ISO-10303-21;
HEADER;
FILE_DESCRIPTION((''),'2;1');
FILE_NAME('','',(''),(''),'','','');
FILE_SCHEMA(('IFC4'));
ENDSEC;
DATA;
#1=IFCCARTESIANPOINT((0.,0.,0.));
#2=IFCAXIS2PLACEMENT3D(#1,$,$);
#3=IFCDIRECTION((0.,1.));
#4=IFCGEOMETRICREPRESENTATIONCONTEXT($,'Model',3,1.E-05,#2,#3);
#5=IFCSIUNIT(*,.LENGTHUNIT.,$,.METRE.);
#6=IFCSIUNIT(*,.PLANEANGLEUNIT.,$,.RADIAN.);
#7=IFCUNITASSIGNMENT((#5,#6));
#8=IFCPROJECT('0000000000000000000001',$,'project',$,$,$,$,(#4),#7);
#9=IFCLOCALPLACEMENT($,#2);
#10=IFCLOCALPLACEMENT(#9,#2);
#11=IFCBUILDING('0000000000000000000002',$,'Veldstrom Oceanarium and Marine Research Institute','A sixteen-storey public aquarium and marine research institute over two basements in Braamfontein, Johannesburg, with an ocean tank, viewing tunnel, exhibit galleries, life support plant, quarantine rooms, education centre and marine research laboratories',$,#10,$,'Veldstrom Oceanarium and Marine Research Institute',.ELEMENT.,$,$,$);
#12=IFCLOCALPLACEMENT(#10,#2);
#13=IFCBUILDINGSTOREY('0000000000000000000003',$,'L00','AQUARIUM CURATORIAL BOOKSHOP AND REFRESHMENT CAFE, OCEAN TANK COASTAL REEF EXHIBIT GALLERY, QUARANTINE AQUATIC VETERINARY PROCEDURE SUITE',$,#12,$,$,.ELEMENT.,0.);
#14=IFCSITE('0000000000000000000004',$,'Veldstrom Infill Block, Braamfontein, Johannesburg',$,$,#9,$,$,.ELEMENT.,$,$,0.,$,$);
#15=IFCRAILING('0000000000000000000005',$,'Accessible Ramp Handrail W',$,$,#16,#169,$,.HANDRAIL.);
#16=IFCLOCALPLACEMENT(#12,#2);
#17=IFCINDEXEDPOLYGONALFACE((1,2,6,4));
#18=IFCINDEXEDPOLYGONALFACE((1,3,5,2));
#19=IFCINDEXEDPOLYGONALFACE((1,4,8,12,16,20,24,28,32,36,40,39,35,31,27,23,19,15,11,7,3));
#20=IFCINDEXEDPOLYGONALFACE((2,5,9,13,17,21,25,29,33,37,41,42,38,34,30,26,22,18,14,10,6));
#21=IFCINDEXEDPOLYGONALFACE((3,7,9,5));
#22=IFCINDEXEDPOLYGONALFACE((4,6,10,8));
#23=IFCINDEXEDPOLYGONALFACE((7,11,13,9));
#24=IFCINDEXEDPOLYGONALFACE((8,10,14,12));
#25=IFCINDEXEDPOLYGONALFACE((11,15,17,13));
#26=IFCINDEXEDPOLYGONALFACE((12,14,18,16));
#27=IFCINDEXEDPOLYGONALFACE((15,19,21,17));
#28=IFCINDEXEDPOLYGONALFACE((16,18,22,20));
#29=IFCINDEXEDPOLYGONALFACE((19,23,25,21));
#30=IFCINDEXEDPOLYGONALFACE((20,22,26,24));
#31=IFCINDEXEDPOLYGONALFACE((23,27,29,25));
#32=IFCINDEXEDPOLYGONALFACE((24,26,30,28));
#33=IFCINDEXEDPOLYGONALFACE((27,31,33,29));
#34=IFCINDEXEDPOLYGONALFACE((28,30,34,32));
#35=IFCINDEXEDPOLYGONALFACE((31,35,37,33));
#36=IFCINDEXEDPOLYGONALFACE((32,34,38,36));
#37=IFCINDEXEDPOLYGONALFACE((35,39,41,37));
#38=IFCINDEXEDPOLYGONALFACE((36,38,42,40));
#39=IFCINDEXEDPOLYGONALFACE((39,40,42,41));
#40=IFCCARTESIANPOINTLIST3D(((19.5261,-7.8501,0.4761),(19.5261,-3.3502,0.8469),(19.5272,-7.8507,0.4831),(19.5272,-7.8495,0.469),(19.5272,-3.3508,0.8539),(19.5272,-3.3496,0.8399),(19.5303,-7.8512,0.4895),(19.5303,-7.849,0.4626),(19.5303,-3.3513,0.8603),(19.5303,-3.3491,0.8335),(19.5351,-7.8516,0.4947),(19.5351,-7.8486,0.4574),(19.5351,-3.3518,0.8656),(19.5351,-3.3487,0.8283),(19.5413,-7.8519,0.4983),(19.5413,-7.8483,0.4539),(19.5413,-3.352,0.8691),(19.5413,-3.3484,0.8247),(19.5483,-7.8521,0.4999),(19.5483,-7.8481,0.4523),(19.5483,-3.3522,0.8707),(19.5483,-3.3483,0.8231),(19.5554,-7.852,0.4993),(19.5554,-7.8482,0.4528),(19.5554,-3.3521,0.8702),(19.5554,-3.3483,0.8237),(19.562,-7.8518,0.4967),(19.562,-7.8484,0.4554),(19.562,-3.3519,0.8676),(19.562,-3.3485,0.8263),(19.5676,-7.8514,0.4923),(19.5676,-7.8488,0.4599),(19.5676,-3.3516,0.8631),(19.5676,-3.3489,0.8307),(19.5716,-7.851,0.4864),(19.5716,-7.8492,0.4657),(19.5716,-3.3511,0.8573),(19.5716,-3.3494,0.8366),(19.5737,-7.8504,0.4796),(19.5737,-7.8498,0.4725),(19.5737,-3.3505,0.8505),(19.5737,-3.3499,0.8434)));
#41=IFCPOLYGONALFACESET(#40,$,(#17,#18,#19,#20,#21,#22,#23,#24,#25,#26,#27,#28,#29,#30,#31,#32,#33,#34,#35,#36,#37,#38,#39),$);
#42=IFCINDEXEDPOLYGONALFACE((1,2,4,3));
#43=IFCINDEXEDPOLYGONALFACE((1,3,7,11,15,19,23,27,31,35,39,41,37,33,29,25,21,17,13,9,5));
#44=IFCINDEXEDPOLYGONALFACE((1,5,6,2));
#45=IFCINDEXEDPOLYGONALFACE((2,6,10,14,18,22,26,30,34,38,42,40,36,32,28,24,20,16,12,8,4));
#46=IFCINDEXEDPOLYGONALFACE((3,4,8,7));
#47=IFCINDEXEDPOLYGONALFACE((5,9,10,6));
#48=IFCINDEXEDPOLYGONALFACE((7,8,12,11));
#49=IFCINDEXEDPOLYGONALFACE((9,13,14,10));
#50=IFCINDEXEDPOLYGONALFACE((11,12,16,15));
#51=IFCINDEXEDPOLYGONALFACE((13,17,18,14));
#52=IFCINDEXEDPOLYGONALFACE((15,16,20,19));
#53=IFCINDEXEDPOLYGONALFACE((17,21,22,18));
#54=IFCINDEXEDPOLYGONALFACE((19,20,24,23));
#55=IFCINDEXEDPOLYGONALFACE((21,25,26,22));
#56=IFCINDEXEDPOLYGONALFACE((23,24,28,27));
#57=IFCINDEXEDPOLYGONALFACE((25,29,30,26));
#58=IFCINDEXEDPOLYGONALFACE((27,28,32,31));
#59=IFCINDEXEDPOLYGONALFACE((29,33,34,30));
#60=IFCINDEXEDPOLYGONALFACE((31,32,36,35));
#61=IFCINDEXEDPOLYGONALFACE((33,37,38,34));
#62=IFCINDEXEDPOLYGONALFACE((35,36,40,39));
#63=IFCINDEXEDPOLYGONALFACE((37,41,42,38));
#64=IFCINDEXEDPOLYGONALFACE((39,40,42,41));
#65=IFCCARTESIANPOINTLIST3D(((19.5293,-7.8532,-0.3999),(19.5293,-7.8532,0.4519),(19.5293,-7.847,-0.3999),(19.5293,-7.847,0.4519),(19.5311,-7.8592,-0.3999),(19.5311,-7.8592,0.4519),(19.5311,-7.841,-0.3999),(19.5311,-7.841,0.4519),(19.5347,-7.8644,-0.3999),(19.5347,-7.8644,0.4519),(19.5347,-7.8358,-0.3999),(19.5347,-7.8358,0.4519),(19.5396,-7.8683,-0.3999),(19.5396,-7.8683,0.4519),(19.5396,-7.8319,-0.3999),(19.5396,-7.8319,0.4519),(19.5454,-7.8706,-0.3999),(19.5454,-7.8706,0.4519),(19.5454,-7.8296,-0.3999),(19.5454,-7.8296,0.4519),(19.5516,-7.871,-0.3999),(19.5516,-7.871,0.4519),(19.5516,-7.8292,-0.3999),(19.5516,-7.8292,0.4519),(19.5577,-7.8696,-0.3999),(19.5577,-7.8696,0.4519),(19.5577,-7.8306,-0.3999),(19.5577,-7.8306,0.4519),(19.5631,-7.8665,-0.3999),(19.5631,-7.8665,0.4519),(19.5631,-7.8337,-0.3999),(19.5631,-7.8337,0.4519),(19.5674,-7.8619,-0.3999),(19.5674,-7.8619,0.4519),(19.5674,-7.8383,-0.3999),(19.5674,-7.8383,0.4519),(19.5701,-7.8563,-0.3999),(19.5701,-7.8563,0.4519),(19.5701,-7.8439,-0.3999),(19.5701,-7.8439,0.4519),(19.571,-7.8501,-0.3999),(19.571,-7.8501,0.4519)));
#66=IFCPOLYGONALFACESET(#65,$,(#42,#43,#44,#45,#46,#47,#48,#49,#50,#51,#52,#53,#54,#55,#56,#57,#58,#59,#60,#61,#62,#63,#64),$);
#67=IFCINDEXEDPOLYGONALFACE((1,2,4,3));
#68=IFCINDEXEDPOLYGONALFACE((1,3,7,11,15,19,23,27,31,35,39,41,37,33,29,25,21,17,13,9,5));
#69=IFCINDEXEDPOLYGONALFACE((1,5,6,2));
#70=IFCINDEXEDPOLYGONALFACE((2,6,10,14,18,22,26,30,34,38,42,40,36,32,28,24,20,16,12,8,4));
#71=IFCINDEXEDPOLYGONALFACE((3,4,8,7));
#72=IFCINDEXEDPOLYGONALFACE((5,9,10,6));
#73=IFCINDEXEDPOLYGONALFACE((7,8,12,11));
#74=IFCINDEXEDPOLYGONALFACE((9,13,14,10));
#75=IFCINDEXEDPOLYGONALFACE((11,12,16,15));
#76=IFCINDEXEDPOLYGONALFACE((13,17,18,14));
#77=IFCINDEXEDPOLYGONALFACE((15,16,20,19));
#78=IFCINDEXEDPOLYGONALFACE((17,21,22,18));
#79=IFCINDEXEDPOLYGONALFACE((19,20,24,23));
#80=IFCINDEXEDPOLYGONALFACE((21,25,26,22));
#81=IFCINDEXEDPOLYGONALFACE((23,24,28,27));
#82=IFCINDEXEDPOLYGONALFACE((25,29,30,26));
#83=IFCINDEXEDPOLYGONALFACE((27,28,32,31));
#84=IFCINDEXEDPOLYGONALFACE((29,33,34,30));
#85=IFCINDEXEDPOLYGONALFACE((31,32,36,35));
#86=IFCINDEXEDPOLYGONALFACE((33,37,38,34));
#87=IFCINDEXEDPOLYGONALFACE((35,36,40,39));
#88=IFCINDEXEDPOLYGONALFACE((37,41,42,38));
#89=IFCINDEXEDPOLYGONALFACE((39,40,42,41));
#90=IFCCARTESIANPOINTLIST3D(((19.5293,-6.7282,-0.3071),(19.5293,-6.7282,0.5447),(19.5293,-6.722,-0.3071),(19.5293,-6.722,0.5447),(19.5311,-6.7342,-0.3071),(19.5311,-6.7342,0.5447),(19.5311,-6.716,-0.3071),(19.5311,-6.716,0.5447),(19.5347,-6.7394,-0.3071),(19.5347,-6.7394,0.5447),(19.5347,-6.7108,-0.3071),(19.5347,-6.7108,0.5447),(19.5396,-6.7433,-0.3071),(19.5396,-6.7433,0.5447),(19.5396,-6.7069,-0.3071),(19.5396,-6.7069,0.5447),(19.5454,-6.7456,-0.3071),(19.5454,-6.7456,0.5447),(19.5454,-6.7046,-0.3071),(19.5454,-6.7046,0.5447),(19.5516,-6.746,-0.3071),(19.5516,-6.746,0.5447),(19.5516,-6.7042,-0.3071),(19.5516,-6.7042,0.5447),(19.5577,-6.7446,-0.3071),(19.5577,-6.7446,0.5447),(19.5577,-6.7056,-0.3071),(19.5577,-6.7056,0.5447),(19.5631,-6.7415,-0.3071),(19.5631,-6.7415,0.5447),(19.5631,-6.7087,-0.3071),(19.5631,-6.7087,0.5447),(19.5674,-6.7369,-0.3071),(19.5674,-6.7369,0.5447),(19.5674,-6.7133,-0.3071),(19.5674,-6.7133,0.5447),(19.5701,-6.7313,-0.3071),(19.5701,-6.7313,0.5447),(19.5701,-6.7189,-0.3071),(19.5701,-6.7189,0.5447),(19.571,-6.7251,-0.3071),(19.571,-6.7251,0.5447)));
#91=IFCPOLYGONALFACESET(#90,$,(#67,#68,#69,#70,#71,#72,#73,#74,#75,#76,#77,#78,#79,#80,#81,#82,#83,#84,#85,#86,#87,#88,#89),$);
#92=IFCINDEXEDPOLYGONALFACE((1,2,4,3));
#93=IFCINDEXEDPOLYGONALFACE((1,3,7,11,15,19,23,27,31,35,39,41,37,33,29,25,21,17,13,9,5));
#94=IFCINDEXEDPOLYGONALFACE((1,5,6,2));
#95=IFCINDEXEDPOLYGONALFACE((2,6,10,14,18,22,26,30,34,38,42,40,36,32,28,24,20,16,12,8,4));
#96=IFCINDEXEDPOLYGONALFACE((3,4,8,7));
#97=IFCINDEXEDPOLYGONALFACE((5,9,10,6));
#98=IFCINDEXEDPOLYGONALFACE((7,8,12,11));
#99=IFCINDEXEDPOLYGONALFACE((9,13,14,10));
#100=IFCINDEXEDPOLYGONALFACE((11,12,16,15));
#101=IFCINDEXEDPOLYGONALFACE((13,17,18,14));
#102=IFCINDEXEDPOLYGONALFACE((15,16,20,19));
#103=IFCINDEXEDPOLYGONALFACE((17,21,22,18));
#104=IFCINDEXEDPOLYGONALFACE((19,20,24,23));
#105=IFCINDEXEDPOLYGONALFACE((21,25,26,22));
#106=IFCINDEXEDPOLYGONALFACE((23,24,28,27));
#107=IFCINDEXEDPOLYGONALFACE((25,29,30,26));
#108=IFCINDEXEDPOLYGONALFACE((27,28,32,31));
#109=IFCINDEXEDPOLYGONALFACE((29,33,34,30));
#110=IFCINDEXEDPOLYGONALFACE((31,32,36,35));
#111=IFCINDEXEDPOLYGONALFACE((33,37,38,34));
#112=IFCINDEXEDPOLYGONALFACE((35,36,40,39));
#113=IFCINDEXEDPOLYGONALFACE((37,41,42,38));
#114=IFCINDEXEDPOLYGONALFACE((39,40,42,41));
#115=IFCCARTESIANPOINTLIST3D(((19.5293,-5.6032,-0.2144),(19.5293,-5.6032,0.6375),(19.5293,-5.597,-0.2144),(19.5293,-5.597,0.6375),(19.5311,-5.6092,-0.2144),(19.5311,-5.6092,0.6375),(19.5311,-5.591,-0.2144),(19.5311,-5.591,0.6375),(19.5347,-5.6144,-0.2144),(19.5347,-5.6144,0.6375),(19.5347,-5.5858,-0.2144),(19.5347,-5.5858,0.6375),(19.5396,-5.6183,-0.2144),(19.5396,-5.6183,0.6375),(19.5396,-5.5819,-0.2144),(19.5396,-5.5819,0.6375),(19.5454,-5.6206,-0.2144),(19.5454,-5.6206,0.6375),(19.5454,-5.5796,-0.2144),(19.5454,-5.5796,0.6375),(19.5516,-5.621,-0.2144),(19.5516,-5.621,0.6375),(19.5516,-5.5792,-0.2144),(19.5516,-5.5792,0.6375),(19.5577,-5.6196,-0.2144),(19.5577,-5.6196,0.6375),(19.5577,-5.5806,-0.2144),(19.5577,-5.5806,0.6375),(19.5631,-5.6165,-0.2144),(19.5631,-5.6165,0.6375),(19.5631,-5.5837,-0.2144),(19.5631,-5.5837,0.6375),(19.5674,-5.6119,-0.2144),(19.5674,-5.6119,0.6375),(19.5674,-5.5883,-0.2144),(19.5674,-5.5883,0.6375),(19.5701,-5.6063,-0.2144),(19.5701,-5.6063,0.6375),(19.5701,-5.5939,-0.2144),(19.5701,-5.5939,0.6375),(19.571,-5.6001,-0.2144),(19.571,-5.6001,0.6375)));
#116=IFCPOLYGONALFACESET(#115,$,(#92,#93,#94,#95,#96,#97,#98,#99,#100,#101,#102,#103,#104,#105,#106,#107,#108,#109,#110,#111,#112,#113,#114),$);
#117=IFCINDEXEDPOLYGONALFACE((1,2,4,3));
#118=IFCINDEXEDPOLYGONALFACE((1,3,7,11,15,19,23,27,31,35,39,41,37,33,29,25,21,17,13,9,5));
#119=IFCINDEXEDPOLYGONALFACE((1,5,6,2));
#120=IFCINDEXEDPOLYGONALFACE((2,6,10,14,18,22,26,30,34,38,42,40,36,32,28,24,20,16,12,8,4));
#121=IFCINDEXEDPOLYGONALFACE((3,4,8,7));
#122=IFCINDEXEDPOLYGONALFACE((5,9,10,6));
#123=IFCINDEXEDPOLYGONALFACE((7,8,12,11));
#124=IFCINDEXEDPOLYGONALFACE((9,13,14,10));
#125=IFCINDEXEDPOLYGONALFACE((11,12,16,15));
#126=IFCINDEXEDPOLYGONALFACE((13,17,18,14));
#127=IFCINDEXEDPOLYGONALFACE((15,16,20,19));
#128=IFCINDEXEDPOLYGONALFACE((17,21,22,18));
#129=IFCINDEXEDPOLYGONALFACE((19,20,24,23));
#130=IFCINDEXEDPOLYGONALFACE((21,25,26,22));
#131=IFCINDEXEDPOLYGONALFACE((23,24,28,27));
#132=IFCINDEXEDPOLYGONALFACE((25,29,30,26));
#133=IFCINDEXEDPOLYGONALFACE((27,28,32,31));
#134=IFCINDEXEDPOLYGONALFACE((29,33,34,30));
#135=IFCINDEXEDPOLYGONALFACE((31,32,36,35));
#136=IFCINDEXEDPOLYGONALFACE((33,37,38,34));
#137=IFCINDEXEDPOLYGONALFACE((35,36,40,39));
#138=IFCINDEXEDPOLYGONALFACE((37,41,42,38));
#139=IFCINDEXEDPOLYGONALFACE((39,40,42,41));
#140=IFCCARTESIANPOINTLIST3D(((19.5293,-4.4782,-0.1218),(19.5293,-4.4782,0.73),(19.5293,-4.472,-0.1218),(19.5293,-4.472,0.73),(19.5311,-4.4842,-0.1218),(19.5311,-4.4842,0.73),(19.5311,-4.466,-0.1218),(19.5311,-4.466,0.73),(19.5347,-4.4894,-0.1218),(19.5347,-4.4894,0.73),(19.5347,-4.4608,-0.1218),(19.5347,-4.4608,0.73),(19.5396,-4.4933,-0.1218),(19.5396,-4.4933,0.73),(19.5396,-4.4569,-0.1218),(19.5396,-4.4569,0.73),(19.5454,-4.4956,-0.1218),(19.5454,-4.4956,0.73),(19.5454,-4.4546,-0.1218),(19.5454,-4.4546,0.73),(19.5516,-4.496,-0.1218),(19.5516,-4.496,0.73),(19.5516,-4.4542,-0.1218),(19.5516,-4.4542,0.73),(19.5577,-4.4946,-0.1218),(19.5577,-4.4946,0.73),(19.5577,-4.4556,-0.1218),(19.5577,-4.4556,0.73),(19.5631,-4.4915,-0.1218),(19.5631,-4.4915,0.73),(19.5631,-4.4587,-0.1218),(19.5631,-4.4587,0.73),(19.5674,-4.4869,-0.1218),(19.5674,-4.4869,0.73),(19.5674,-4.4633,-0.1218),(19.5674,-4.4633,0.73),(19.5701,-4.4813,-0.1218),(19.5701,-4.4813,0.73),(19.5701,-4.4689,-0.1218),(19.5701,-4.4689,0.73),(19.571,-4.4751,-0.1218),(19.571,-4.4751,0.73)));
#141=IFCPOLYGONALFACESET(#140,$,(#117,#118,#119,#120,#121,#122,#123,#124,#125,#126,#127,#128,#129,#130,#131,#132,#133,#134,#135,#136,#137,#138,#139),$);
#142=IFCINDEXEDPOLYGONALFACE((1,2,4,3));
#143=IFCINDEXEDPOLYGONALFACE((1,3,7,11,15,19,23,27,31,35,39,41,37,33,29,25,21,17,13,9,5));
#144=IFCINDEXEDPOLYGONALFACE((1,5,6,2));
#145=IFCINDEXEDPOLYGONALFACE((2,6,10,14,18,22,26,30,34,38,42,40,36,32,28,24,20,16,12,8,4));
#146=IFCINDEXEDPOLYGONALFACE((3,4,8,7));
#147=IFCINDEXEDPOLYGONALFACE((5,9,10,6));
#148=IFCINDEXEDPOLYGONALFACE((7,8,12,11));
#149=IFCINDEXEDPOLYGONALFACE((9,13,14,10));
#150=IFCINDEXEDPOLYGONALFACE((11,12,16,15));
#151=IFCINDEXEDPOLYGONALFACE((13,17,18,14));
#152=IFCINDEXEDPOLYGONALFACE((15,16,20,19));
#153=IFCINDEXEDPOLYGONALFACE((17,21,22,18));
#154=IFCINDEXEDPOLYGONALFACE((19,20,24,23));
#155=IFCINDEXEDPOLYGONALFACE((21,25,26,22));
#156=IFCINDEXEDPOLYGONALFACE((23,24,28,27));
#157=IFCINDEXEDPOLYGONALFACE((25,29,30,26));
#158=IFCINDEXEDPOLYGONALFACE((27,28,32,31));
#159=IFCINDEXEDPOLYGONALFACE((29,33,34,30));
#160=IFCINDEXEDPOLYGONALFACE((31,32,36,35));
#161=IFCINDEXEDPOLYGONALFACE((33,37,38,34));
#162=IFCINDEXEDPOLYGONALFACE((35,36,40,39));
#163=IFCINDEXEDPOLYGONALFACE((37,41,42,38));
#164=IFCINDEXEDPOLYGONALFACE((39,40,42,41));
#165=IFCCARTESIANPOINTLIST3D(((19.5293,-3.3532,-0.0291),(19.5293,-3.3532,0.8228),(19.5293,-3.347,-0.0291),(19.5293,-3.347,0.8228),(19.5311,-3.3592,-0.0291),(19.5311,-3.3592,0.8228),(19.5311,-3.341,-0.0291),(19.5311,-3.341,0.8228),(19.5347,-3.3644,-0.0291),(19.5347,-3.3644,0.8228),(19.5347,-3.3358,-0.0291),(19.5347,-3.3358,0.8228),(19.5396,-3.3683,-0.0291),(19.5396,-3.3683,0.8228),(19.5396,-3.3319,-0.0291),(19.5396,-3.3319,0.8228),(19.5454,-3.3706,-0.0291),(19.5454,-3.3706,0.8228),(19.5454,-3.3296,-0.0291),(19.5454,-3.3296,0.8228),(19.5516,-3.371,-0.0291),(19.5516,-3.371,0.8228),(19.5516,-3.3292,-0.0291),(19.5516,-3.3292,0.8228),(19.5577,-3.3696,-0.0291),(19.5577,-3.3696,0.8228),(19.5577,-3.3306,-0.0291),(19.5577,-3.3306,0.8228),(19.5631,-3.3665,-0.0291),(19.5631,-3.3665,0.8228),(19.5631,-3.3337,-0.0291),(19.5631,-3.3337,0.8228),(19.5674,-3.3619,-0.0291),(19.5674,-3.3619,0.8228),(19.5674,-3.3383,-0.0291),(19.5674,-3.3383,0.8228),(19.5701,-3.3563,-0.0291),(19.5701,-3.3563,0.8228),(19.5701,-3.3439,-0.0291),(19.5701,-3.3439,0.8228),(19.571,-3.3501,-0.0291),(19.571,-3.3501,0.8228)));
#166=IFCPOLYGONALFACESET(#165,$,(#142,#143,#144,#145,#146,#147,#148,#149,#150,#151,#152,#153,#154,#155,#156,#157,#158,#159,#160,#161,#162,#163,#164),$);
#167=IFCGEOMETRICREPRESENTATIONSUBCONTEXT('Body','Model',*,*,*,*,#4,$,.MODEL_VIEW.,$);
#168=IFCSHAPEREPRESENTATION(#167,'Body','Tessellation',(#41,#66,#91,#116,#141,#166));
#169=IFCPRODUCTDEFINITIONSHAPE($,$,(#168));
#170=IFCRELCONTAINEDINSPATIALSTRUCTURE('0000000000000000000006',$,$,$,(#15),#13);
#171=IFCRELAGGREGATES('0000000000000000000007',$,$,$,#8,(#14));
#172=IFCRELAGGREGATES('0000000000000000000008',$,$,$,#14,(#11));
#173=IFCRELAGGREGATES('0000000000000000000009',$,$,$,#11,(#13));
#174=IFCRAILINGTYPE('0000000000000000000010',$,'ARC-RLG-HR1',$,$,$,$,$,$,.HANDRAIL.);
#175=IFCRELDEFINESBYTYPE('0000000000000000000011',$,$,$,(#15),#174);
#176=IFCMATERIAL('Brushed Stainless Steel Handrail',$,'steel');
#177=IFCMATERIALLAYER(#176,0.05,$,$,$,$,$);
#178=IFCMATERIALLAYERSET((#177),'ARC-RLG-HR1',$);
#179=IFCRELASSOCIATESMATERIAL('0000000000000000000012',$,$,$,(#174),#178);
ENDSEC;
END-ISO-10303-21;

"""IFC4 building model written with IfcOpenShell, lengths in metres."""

from ifc_helpers import new_model, si_unit, direction, frame, origin, origin_2d, place, context, subcontext, project, spatial, circle, extrude, material, layer, layer_set, type_object, element, save


model = new_model("IFC4")

# Units and contexts
model_context = context("Model", 3, precision=1e-05, world=origin(), true_north=direction((0.0, 1.0)))
body_context = subcontext(model_context, "Body", "Model", "MODEL_VIEW")
ifc_project = project(units=[si_unit("LENGTHUNIT", "METRE"), si_unit("PLANEANGLEUNIT", "RADIAN")], contexts=[model_context])

# Site, building, storey
site_placement = place(None, origin())
site = spatial("IfcSite", under=ifc_project, at=site_placement, Name="Veldstrom Infill Block, Braamfontein, Johannesburg", CompositionType="ELEMENT", RefElevation=0.0)
building_placement = place(site_placement, origin())
building = spatial("IfcBuilding", under=site, at=building_placement, Name="Veldstrom Oceanarium and Marine Research Institute", Description="A sixteen-storey public aquarium and marine research institute over two basements in Braamfontein, Johannesburg, with an ocean tank, viewing tunnel, exhibit galleries, life support plant, quarantine rooms, education centre and marine research laboratories", LongName="Veldstrom Oceanarium and Marine Research Institute", CompositionType="ELEMENT")
storey_placement = place(building_placement, origin())
storey = spatial("IfcBuildingStorey", under=building, at=storey_placement, Name="L00", Description="AQUARIUM CURATORIAL BOOKSHOP AND REFRESHMENT CAFE, OCEAN TANK COASTAL REEF EXHIBIT GALLERY, QUARANTINE AQUATIC VETERINARY PROCEDURE SUITE", CompositionType="ELEMENT", Elevation=0.0)

# Railing
ifc_material_1 = material(Name="Brushed Stainless Steel Handrail", Category="steel")
ifc_layer_1 = layer(ifc_material_1, 0.05)
ifc_layer_set_1 = layer_set([ifc_layer_1], Name="ARC-RLG-HR1")
railing_type_1 = type_object("IfcRailingType", Name="ARC-RLG-HR1", PredefinedType="HANDRAIL", material=ifc_layer_set_1)
for number, where, name in (
    (1, (19.55, -7.8501, -0.3999), "Accessible Ramp Handrail W"),
):
    element("IfcRailing", number, at=place(storey_placement, frame(where)), inside=storey, type_object=railing_type_1, Name=name, PredefinedType="HANDRAIL", context=body_context, shape_type="SweptSolid", body=[
        extrude(circle(Radius=0.0239, at=origin_2d()), frame((0.0, 0.0, 0.876), z_axis=(0.0, 0.996621, 0.082133), x_axis=(-1.0, 0.0, 0.0)), (0.0, 0.0, 1.0), 4.5151),
        extrude(circle(Radius=0.021, at=origin_2d()), origin(), (0.0, 0.0, 1.0), 0.8518),
        extrude(circle(Radius=0.021, at=origin_2d()), frame((0.0, 1.125, 0.0928)), (0.0, 0.0, 1.0), 0.8518),
        extrude(circle(Radius=0.021, at=origin_2d()), frame((0.0, 2.25, 0.1855)), (0.0, 0.0, 1.0), 0.8518),
        extrude(circle(Radius=0.021, at=origin_2d()), frame((0.0, 3.375, 0.2781)), (0.0, 0.0, 1.0), 0.8518),
        extrude(circle(Radius=0.021, at=origin_2d()), frame((0.0, 4.5, 0.3708)), (0.0, 0.0, 1.0), 0.8518),
    ])

save(model, "model.ifc")
